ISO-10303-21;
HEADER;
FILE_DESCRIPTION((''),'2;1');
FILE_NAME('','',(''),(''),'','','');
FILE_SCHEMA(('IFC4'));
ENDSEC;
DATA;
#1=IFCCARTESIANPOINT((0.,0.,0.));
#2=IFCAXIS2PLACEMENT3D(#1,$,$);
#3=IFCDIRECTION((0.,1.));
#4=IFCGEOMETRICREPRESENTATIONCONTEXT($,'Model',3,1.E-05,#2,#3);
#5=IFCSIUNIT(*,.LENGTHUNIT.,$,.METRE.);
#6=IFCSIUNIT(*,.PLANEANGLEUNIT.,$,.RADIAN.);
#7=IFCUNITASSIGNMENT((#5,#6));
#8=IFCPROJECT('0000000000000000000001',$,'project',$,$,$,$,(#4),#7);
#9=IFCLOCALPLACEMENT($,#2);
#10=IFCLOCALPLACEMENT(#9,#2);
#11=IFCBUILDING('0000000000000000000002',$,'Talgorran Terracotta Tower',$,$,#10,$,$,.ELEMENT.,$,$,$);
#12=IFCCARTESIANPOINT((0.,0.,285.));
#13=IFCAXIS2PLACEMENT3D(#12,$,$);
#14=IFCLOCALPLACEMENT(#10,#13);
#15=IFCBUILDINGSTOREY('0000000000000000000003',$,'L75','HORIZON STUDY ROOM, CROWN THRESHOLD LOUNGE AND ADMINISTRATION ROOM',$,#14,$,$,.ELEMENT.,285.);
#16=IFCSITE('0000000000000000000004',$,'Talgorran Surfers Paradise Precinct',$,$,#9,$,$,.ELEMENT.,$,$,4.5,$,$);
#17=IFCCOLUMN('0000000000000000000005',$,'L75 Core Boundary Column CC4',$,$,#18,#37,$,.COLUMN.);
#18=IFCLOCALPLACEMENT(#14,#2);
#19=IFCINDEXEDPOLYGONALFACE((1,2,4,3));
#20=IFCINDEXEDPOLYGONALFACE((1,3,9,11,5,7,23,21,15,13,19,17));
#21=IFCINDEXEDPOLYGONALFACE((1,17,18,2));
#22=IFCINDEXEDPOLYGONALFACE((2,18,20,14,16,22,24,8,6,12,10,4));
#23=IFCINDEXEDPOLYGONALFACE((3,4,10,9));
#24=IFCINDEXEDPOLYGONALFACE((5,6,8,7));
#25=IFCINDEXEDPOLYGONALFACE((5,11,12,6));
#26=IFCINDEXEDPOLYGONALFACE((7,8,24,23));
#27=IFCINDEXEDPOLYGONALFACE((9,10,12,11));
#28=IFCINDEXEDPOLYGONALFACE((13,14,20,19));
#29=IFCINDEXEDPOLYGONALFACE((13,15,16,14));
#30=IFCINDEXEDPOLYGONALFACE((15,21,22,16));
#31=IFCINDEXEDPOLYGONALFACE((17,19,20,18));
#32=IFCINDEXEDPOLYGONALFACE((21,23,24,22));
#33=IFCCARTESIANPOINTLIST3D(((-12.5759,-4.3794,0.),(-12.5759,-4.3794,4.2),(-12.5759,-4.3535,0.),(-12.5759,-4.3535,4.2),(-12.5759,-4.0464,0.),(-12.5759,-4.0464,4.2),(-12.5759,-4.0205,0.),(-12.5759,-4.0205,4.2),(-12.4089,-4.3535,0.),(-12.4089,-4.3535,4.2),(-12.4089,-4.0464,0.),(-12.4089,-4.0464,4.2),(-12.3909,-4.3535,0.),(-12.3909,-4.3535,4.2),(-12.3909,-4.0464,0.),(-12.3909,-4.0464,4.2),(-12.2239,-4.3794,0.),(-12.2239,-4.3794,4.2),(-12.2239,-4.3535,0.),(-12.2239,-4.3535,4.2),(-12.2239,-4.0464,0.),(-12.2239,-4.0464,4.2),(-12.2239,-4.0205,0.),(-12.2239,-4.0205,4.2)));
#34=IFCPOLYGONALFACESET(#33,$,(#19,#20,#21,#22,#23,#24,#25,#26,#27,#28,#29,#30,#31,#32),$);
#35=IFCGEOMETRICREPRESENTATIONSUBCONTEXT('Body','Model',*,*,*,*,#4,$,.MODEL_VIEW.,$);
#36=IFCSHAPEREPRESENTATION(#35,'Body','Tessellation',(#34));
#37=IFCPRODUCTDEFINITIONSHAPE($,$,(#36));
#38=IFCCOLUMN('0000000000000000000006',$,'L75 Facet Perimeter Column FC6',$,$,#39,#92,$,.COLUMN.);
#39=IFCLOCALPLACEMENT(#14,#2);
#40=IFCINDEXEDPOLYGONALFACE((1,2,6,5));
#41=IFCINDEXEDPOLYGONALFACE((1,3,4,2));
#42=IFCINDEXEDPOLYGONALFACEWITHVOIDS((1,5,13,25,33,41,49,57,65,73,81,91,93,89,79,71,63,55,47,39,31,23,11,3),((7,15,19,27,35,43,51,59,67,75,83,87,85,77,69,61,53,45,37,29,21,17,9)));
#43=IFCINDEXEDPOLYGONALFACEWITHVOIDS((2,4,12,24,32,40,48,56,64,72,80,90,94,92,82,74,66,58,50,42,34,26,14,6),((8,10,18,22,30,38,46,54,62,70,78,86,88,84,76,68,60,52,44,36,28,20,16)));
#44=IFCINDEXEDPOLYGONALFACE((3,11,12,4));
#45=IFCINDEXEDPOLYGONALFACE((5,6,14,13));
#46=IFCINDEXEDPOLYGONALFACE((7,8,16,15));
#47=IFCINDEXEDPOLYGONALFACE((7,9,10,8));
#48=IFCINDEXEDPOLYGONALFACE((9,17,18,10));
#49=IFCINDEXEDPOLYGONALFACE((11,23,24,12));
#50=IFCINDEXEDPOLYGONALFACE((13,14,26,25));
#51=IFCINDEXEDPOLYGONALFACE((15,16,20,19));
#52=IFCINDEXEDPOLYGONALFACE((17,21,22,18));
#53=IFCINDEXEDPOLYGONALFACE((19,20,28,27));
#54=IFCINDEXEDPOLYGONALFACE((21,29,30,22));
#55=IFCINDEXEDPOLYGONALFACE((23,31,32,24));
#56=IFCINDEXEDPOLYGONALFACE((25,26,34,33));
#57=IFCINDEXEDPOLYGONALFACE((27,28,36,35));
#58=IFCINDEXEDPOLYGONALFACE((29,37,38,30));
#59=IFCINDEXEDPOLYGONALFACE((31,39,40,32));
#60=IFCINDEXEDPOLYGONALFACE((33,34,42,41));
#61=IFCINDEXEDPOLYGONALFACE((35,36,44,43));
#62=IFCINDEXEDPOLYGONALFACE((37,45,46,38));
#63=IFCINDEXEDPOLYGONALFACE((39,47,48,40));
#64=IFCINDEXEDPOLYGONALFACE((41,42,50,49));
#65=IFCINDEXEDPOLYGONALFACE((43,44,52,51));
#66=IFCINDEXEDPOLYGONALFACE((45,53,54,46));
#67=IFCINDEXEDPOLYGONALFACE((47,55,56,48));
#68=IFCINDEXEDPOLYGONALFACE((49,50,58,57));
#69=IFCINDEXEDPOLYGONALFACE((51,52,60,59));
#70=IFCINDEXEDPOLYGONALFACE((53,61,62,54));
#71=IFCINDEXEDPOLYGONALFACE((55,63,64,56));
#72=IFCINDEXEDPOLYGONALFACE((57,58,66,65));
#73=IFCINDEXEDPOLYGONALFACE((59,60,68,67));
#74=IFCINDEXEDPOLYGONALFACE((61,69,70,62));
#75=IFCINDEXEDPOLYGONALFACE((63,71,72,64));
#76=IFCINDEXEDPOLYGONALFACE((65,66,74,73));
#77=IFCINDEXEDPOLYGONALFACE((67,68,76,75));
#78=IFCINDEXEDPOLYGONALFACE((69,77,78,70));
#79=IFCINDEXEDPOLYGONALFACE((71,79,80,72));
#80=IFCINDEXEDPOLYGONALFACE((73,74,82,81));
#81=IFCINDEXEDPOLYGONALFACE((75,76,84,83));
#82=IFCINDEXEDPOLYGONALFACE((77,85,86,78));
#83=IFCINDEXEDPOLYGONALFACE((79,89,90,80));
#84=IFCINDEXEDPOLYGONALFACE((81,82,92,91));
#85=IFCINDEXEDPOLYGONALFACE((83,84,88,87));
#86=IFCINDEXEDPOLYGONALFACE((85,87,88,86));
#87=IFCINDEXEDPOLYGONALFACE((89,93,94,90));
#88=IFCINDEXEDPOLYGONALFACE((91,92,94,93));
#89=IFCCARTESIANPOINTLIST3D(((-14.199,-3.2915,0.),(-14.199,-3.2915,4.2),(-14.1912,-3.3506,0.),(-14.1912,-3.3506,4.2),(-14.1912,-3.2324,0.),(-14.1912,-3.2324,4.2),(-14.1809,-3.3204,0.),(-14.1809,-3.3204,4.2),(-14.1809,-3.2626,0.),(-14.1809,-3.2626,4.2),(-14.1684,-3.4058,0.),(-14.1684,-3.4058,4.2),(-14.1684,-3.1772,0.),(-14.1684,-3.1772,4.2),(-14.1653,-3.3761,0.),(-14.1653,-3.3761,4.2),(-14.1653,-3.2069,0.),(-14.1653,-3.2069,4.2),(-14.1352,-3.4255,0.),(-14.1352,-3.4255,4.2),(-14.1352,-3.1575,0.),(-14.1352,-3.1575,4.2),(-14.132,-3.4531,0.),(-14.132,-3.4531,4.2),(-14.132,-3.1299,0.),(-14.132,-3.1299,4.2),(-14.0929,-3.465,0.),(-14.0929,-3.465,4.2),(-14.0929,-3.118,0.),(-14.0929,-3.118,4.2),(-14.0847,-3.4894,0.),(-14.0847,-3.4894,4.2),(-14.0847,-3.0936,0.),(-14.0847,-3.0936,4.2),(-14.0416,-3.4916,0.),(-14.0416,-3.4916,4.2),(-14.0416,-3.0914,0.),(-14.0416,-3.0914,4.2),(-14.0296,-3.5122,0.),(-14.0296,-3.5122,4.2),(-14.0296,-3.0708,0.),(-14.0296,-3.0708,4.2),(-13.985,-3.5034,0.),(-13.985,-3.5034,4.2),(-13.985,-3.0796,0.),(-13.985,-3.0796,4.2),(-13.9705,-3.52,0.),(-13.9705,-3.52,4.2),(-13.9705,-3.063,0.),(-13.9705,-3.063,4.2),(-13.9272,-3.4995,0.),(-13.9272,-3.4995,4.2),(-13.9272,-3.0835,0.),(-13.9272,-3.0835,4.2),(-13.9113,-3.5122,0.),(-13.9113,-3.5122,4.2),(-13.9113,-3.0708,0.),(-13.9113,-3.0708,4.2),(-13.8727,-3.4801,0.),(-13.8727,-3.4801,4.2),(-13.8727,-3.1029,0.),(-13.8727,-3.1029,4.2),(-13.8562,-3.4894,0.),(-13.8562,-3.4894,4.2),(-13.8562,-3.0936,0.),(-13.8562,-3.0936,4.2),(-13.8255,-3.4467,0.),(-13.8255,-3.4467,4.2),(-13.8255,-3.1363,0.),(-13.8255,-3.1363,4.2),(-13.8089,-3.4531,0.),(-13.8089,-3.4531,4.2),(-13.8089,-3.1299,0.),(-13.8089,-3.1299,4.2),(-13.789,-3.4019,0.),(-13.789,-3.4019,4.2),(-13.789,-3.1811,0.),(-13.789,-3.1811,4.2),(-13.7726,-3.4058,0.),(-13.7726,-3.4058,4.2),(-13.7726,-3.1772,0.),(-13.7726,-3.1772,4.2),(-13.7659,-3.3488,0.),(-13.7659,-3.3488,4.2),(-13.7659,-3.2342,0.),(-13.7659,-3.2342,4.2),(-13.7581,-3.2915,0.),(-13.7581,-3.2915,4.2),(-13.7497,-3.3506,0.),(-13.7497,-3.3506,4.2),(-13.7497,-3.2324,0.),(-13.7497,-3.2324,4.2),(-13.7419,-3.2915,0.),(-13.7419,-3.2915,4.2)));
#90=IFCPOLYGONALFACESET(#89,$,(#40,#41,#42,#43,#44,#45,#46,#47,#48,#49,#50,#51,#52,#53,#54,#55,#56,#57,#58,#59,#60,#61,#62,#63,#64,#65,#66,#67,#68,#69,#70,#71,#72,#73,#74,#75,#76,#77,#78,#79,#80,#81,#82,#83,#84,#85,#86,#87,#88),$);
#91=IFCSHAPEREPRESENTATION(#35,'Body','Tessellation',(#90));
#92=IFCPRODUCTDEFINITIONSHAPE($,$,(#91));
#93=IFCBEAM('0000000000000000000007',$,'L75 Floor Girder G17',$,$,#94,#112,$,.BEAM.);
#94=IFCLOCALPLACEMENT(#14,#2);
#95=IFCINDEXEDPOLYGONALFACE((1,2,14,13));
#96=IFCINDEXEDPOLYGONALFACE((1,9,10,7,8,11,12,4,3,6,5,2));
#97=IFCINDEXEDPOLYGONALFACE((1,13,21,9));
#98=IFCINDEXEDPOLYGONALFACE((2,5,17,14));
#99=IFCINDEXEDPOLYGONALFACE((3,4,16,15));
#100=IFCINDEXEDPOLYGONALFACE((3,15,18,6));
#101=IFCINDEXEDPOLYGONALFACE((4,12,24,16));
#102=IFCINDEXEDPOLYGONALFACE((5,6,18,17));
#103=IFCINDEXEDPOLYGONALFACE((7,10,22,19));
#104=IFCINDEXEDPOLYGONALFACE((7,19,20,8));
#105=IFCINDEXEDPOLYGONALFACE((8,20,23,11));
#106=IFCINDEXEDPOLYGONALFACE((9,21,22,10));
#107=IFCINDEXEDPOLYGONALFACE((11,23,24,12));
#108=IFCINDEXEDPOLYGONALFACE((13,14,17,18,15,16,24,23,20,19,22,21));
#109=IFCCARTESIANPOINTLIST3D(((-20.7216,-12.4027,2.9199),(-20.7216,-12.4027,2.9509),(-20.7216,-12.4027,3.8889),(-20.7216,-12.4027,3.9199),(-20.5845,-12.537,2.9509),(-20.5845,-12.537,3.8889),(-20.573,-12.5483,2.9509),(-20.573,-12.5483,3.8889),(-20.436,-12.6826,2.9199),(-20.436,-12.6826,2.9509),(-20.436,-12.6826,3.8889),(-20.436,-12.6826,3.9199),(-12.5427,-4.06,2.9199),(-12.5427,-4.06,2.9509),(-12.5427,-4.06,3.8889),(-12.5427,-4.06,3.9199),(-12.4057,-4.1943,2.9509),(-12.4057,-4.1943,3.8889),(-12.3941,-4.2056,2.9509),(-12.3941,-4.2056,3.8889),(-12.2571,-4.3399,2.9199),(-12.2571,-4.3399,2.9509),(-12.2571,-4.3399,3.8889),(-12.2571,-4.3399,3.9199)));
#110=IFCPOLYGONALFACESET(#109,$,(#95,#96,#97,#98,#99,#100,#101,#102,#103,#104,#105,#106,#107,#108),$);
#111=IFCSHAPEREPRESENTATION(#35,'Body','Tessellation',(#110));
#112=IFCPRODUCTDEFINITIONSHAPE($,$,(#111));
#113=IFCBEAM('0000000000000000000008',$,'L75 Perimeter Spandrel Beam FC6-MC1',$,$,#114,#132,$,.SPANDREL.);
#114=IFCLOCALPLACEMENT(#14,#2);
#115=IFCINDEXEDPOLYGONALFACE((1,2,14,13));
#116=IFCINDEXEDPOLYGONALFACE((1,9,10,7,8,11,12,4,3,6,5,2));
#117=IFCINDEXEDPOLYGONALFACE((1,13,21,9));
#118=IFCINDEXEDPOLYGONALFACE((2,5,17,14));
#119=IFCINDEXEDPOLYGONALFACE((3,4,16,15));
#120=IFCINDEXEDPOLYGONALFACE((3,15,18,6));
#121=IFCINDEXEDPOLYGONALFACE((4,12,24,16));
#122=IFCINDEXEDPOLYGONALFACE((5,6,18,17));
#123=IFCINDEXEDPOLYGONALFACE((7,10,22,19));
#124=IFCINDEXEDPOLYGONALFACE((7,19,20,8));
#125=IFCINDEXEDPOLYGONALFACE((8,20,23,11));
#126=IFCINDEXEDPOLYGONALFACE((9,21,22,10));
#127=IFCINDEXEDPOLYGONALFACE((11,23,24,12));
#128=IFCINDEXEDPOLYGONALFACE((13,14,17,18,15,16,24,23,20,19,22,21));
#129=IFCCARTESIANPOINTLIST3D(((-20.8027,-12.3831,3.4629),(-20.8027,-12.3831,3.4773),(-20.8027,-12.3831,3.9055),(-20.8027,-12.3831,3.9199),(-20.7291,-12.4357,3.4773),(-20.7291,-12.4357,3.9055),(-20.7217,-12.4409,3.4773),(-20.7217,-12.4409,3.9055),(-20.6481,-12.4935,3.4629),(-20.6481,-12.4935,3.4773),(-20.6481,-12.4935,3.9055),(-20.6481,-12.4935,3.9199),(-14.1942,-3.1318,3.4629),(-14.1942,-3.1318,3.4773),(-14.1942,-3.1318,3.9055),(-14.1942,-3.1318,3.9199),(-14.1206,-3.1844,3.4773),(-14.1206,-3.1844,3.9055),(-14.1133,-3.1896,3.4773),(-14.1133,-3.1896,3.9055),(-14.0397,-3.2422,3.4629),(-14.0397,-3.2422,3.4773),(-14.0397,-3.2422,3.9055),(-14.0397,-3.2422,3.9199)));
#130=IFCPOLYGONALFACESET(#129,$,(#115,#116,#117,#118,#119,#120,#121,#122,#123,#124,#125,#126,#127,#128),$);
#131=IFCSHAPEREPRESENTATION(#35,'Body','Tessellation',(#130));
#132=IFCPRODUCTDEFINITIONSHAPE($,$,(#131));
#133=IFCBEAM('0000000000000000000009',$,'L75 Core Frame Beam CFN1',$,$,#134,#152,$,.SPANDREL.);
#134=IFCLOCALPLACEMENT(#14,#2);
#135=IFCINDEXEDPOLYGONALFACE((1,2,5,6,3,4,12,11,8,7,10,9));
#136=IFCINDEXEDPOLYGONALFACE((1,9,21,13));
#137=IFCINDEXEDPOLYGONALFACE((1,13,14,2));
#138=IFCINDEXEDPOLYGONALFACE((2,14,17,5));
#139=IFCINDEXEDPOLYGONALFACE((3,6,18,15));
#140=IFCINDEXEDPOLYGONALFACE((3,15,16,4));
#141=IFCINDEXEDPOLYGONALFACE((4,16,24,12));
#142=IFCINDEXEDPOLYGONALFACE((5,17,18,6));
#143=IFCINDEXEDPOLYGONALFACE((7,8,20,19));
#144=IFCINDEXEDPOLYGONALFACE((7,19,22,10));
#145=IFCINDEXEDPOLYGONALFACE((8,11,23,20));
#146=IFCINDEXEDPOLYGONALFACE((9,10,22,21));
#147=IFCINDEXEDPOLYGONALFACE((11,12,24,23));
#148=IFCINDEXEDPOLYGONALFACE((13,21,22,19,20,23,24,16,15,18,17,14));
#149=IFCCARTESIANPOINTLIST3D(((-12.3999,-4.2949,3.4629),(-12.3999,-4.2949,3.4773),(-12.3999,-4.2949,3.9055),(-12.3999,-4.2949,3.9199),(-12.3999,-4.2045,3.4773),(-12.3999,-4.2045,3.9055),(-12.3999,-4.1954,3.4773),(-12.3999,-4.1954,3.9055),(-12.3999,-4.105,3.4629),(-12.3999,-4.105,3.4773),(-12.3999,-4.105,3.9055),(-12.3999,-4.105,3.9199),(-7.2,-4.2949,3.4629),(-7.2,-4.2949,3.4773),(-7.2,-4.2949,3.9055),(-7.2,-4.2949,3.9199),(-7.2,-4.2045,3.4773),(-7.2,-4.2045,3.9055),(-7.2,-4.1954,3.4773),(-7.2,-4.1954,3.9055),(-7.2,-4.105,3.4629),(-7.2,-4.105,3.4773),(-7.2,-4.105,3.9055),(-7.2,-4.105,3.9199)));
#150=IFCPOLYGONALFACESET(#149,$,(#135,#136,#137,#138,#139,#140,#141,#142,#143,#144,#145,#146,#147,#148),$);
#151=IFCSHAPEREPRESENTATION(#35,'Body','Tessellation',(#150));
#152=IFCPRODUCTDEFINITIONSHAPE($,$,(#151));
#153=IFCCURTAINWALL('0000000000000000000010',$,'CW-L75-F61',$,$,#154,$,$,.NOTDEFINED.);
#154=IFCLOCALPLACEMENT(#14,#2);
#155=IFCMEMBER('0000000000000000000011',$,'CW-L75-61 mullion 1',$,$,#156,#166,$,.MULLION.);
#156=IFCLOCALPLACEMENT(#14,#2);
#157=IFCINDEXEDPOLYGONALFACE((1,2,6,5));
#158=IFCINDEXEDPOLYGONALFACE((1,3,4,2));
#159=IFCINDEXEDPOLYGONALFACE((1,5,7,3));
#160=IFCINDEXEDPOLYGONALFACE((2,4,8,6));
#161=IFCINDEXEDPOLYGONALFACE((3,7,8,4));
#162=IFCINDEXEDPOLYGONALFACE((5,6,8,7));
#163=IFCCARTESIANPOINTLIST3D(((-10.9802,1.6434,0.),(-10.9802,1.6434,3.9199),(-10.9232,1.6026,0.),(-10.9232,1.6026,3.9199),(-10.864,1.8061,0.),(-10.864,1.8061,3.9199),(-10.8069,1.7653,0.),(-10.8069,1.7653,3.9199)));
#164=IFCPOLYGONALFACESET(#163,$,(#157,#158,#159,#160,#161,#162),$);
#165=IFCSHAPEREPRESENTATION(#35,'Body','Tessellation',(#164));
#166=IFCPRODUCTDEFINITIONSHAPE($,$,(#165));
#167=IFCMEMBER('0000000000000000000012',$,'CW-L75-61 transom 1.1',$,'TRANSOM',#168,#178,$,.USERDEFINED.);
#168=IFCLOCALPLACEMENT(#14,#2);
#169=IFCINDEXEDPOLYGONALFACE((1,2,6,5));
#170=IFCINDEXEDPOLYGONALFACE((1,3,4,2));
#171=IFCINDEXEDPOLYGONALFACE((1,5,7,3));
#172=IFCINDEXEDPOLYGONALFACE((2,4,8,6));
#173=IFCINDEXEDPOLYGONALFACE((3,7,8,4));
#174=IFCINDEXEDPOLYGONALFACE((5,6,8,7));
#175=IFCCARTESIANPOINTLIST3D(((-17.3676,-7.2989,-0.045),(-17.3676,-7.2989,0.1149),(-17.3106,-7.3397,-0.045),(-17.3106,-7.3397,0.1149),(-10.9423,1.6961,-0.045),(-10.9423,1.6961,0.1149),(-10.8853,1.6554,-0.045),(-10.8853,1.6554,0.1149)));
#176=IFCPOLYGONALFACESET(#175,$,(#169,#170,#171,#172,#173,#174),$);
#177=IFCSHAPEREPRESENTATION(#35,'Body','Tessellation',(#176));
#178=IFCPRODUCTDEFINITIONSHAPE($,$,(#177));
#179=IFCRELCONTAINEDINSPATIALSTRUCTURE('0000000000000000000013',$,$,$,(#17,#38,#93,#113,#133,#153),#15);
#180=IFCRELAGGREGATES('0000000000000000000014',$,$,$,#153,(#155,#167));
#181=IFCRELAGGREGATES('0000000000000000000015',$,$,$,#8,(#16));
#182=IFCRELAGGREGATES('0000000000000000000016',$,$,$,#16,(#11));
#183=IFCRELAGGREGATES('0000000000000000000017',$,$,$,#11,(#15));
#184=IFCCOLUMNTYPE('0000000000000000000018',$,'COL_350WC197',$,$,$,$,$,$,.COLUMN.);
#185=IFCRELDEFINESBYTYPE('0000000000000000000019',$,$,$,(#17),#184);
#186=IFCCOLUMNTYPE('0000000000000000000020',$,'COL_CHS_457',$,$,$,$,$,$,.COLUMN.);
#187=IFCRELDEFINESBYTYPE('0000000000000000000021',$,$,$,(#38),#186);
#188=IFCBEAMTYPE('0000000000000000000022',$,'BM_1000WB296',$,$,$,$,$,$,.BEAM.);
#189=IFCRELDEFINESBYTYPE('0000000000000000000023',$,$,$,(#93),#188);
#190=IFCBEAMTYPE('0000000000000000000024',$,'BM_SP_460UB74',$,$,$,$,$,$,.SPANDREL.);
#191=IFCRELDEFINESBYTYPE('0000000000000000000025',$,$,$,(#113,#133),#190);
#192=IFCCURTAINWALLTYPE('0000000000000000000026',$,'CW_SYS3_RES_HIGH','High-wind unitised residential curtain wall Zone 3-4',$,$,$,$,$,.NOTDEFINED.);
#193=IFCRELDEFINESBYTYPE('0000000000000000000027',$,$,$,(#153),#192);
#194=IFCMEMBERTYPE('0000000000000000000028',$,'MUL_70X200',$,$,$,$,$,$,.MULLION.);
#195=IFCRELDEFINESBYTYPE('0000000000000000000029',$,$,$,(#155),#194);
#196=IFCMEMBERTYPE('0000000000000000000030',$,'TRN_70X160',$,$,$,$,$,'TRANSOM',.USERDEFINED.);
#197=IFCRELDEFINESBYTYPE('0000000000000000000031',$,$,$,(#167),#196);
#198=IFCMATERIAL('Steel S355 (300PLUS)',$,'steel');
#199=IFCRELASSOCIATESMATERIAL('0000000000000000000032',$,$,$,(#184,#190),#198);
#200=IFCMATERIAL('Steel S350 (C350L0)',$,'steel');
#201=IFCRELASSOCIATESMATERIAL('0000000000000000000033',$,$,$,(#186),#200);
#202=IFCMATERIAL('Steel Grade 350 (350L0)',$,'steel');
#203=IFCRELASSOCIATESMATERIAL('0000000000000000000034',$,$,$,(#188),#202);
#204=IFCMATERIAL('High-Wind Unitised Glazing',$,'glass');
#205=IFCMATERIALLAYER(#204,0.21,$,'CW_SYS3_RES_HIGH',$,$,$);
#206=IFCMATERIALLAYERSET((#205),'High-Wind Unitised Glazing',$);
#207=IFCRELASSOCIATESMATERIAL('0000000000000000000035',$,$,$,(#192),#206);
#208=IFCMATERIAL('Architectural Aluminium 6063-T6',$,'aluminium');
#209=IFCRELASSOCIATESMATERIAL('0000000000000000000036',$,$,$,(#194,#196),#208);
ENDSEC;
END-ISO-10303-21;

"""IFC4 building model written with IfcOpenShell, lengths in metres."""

from ifc_helpers import new_model, si_unit, direction, frame, origin, origin_2d, place, context, subcontext, project, spatial, rectangle, hollow_circle, i_section, extrude, material, layer, layer_set, material_profile, profile_set, type_object, element, aggregate, save


model = new_model("IFC4")

# Units and contexts
model_context = context("Model", 3, precision=1e-05, world=origin(), true_north=direction((0.0, 1.0)))
body_context = subcontext(model_context, "Body", "Model", "MODEL_VIEW")
ifc_project = project(units=[si_unit("LENGTHUNIT", "METRE"), si_unit("PLANEANGLEUNIT", "RADIAN")], contexts=[model_context])

# Site, building, storey
site_placement = place(None, origin())
site = spatial("IfcSite", under=ifc_project, at=site_placement, Name="Talgorran Surfers Paradise Precinct", CompositionType="ELEMENT", RefElevation=4.5)
building_placement = place(site_placement, origin())
building = spatial("IfcBuilding", under=site, at=building_placement, Name="Talgorran Terracotta Tower", CompositionType="ELEMENT")
storey_placement = place(building_placement, frame((0.0, 0.0, 285.0)))
storey = spatial("IfcBuildingStorey", under=building, at=storey_placement, Name="L75", Description="HORIZON STUDY ROOM, CROWN THRESHOLD LOUNGE AND ADMINISTRATION ROOM", CompositionType="ELEMENT", Elevation=285.0)

# Columns
ifc_material_1 = material(Name="Steel S355 (300PLUS)", Category="steel")
ifc_material_profile_1 = material_profile(ifc_material_1, i_section(OverallWidth=0.3521, OverallDepth=0.3589, WebThickness=0.0181, FlangeThickness=0.0259, at=origin_2d()), Name="350WC197")
ifc_profile_set_1 = profile_set([ifc_material_profile_1], Name="Steel S355 (300PLUS)")
column_type_1 = type_object("IfcColumnType", Name="COL_350WC197", PredefinedType="COLUMN", material=ifc_profile_set_1)
column_1_placement = place(storey_placement, frame((-12.3999, -4.2, 0.0), z_axis=(0.0, 0.0, 1.0), x_axis=(1.0, 0.0, 0.0)))
element("IfcColumn", 1, at=column_1_placement, inside=storey, type_object=column_type_1, Name="L75 Core Boundary Column CC4", PredefinedType="COLUMN", context=body_context, shape_type="SweptSolid", body=[
    extrude(i_section(OverallWidth=0.3521, OverallDepth=0.3589, WebThickness=0.0181, FlangeThickness=0.0259, at=origin_2d()), origin(), (0.0, 0.0, 1.0), 4.2),
])
ifc_material_2 = material(Name="Steel S350 (C350L0)", Category="steel")
ifc_material_profile_2 = material_profile(ifc_material_2, hollow_circle(Radius=0.2285, WallThickness=0.0161, at=origin_2d()), Name="CHS457X16")
ifc_profile_set_2 = profile_set([ifc_material_profile_2], Name="Steel S350 (C350L0)")
column_type_2 = type_object("IfcColumnType", Name="COL_CHS_457", PredefinedType="COLUMN", material=ifc_profile_set_2)
column_2_placement = place(storey_placement, frame((-13.9705, -3.2915, 0.0), z_axis=(0.0, 0.0, 1.0), x_axis=(1.0, 0.0, 0.0)))
element("IfcColumn", 2, at=column_2_placement, inside=storey, type_object=column_type_2, Name="L75 Facet Perimeter Column FC6", PredefinedType="COLUMN", context=body_context, shape_type="SweptSolid", body=[
    extrude(hollow_circle(Radius=0.2285, WallThickness=0.0161, at=origin_2d()), origin(), (0.0, 0.0, 1.0), 4.2),
])

# Beams
ifc_material_3 = material(Name="Steel Grade 350 (350L0)", Category="steel")
ifc_material_profile_3 = material_profile(ifc_material_3, i_section(OverallWidth=0.3999, OverallDepth=1.0, WebThickness=0.0161, FlangeThickness=0.031, at=origin_2d()), Name="1000WB296")
ifc_profile_set_3 = profile_set([ifc_material_profile_3], Name="Steel Grade 350 (350L0)")
beam_type_1 = type_object("IfcBeamType", Name="BM_1000WB296", PredefinedType="BEAM", material=ifc_profile_set_3)
beam_1_placement = place(storey_placement, frame((-12.3999, -4.2, 3.4199), z_axis=(-0.700061, -0.714083, 0.0), x_axis=(0.714083, -0.700061, 0.0)))
element("IfcBeam", 3, at=beam_1_placement, inside=storey, type_object=beam_type_1, Name="L75 Floor Girder G17", PredefinedType="BEAM", context=body_context, shape_type="SweptSolid", body=[
    extrude(i_section(OverallWidth=0.3999, OverallDepth=1.0, WebThickness=0.0161, FlangeThickness=0.031, at=origin_2d()), origin(), (0.0, 0.0, 1.0), 11.6831),
])
ifc_material_profile_4 = material_profile(ifc_material_1, i_section(OverallWidth=0.1899, OverallDepth=0.457, WebThickness=0.009, FlangeThickness=0.0144, at=origin_2d()), Name="460UB74.6")
ifc_profile_set_4 = profile_set([ifc_material_profile_4], Name="Steel S355 (300PLUS)")
beam_type_2 = type_object("IfcBeamType", Name="BM_SP_460UB74", PredefinedType="SPANDREL", material=ifc_profile_set_4)
beam_2_placement = place(storey_placement, frame((-14.1169, -3.187, 3.6914), z_axis=(-0.581261, -0.813718, 0.0), x_axis=(0.813718, -0.581261, 0.0)))
element("IfcBeam", 4, at=beam_2_placement, inside=storey, type_object=beam_type_2, Name="L75 Perimeter Spandrel Beam FC6-MC1", PredefinedType="SPANDREL", context=body_context, shape_type="SweptSolid", body=[
    extrude(i_section(OverallWidth=0.1899, OverallDepth=0.457, WebThickness=0.009, FlangeThickness=0.0144, at=origin_2d()), origin(), (0.0, 0.0, 1.0), 11.3691),
])
beam_3_placement = place(storey_placement, frame((-12.3999, -4.2, 3.6914), z_axis=(1.0, 0.0, 0.0), x_axis=(0.0, 1.0, 0.0)))
element("IfcBeam", 5, at=beam_3_placement, inside=storey, type_object=beam_type_2, Name="L75 Core Frame Beam CFN1", PredefinedType="SPANDREL", context=body_context, shape_type="SweptSolid", body=[
    extrude(i_section(OverallWidth=0.1899, OverallDepth=0.457, WebThickness=0.009, FlangeThickness=0.0144, at=origin_2d()), origin(), (0.0, 0.0, 1.0), 5.2),
])

# Curtain wall, members
ifc_material_4 = material(Name="High-Wind Unitised Glazing", Category="glass")
ifc_layer_1 = layer(ifc_material_4, 0.21, Name="CW_SYS3_RES_HIGH")
ifc_layer_set_1 = layer_set([ifc_layer_1], Name="High-Wind Unitised Glazing")
curtain_wall_type = type_object("IfcCurtainWallType", Name="CW_SYS3_RES_HIGH", Description="High-wind unitised residential curtain wall Zone 3-4", PredefinedType="NOTDEFINED", material=ifc_layer_set_1)
curtain_wall_placement = place(storey_placement, origin())
curtain_wall = element("IfcCurtainWall", 6, at=curtain_wall_placement, inside=storey, type_object=curtain_wall_type, Name="CW-L75-F61", PredefinedType="NOTDEFINED")
ifc_material_5 = material(Name="Architectural Aluminium 6063-T6", Category="aluminium")
ifc_material_profile_5 = material_profile(ifc_material_5, rectangle(XDim=0.0701, YDim=0.2, at=origin_2d()), Name="CWM70X200")
ifc_profile_set_5 = profile_set([ifc_material_profile_5], Name="Architectural Aluminium 6063-T6")
member_type_1 = type_object("IfcMemberType", Name="MUL_70X200", PredefinedType="MULLION", material=ifc_profile_set_5)
member_1_placement = place(storey_placement, frame((-10.8936, 1.7043, 0.0), z_axis=(0.0, 0.0, 1.0), x_axis=(0.813724, -0.581252, 0.0)))
member_1 = element("IfcMember", 7, at=member_1_placement, type_object=member_type_1, Name="CW-L75-61 mullion 1", PredefinedType="MULLION", context=body_context, shape_type="SweptSolid", body=[
    extrude(rectangle(XDim=0.0701, YDim=0.2, at=origin_2d()), origin(), (0.0, 0.0, 1.0), 3.9199),
])
ifc_material_profile_6 = material_profile(ifc_material_5, rectangle(XDim=0.0701, YDim=0.1599, at=origin_2d()), Name="CWT70X160")
ifc_profile_set_6 = profile_set([ifc_material_profile_6], Name="Architectural Aluminium 6063-T6")
member_type_2 = type_object("IfcMemberType", Name="TRN_70X160", ElementType="TRANSOM", PredefinedType="USERDEFINED", material=ifc_profile_set_6)
member_2_placement = place(storey_placement, frame((-10.9138, 1.6758, 0.0349), z_axis=(-0.581251, -0.813725, 0.0), x_axis=(0.813725, -0.581251, 0.0)))
member_2 = element("IfcMember", 8, at=member_2_placement, type_object=member_type_2, Name="CW-L75-61 transom 1.1", ObjectType="TRANSOM", PredefinedType="USERDEFINED", context=body_context, shape_type="SweptSolid", body=[
    extrude(rectangle(XDim=0.0701, YDim=0.1599, at=origin_2d()), origin(), (0.0, 0.0, 1.0), 11.0542),
])
aggregate(curtain_wall, [member_1, member_2])

save(model, "model.ifc")
